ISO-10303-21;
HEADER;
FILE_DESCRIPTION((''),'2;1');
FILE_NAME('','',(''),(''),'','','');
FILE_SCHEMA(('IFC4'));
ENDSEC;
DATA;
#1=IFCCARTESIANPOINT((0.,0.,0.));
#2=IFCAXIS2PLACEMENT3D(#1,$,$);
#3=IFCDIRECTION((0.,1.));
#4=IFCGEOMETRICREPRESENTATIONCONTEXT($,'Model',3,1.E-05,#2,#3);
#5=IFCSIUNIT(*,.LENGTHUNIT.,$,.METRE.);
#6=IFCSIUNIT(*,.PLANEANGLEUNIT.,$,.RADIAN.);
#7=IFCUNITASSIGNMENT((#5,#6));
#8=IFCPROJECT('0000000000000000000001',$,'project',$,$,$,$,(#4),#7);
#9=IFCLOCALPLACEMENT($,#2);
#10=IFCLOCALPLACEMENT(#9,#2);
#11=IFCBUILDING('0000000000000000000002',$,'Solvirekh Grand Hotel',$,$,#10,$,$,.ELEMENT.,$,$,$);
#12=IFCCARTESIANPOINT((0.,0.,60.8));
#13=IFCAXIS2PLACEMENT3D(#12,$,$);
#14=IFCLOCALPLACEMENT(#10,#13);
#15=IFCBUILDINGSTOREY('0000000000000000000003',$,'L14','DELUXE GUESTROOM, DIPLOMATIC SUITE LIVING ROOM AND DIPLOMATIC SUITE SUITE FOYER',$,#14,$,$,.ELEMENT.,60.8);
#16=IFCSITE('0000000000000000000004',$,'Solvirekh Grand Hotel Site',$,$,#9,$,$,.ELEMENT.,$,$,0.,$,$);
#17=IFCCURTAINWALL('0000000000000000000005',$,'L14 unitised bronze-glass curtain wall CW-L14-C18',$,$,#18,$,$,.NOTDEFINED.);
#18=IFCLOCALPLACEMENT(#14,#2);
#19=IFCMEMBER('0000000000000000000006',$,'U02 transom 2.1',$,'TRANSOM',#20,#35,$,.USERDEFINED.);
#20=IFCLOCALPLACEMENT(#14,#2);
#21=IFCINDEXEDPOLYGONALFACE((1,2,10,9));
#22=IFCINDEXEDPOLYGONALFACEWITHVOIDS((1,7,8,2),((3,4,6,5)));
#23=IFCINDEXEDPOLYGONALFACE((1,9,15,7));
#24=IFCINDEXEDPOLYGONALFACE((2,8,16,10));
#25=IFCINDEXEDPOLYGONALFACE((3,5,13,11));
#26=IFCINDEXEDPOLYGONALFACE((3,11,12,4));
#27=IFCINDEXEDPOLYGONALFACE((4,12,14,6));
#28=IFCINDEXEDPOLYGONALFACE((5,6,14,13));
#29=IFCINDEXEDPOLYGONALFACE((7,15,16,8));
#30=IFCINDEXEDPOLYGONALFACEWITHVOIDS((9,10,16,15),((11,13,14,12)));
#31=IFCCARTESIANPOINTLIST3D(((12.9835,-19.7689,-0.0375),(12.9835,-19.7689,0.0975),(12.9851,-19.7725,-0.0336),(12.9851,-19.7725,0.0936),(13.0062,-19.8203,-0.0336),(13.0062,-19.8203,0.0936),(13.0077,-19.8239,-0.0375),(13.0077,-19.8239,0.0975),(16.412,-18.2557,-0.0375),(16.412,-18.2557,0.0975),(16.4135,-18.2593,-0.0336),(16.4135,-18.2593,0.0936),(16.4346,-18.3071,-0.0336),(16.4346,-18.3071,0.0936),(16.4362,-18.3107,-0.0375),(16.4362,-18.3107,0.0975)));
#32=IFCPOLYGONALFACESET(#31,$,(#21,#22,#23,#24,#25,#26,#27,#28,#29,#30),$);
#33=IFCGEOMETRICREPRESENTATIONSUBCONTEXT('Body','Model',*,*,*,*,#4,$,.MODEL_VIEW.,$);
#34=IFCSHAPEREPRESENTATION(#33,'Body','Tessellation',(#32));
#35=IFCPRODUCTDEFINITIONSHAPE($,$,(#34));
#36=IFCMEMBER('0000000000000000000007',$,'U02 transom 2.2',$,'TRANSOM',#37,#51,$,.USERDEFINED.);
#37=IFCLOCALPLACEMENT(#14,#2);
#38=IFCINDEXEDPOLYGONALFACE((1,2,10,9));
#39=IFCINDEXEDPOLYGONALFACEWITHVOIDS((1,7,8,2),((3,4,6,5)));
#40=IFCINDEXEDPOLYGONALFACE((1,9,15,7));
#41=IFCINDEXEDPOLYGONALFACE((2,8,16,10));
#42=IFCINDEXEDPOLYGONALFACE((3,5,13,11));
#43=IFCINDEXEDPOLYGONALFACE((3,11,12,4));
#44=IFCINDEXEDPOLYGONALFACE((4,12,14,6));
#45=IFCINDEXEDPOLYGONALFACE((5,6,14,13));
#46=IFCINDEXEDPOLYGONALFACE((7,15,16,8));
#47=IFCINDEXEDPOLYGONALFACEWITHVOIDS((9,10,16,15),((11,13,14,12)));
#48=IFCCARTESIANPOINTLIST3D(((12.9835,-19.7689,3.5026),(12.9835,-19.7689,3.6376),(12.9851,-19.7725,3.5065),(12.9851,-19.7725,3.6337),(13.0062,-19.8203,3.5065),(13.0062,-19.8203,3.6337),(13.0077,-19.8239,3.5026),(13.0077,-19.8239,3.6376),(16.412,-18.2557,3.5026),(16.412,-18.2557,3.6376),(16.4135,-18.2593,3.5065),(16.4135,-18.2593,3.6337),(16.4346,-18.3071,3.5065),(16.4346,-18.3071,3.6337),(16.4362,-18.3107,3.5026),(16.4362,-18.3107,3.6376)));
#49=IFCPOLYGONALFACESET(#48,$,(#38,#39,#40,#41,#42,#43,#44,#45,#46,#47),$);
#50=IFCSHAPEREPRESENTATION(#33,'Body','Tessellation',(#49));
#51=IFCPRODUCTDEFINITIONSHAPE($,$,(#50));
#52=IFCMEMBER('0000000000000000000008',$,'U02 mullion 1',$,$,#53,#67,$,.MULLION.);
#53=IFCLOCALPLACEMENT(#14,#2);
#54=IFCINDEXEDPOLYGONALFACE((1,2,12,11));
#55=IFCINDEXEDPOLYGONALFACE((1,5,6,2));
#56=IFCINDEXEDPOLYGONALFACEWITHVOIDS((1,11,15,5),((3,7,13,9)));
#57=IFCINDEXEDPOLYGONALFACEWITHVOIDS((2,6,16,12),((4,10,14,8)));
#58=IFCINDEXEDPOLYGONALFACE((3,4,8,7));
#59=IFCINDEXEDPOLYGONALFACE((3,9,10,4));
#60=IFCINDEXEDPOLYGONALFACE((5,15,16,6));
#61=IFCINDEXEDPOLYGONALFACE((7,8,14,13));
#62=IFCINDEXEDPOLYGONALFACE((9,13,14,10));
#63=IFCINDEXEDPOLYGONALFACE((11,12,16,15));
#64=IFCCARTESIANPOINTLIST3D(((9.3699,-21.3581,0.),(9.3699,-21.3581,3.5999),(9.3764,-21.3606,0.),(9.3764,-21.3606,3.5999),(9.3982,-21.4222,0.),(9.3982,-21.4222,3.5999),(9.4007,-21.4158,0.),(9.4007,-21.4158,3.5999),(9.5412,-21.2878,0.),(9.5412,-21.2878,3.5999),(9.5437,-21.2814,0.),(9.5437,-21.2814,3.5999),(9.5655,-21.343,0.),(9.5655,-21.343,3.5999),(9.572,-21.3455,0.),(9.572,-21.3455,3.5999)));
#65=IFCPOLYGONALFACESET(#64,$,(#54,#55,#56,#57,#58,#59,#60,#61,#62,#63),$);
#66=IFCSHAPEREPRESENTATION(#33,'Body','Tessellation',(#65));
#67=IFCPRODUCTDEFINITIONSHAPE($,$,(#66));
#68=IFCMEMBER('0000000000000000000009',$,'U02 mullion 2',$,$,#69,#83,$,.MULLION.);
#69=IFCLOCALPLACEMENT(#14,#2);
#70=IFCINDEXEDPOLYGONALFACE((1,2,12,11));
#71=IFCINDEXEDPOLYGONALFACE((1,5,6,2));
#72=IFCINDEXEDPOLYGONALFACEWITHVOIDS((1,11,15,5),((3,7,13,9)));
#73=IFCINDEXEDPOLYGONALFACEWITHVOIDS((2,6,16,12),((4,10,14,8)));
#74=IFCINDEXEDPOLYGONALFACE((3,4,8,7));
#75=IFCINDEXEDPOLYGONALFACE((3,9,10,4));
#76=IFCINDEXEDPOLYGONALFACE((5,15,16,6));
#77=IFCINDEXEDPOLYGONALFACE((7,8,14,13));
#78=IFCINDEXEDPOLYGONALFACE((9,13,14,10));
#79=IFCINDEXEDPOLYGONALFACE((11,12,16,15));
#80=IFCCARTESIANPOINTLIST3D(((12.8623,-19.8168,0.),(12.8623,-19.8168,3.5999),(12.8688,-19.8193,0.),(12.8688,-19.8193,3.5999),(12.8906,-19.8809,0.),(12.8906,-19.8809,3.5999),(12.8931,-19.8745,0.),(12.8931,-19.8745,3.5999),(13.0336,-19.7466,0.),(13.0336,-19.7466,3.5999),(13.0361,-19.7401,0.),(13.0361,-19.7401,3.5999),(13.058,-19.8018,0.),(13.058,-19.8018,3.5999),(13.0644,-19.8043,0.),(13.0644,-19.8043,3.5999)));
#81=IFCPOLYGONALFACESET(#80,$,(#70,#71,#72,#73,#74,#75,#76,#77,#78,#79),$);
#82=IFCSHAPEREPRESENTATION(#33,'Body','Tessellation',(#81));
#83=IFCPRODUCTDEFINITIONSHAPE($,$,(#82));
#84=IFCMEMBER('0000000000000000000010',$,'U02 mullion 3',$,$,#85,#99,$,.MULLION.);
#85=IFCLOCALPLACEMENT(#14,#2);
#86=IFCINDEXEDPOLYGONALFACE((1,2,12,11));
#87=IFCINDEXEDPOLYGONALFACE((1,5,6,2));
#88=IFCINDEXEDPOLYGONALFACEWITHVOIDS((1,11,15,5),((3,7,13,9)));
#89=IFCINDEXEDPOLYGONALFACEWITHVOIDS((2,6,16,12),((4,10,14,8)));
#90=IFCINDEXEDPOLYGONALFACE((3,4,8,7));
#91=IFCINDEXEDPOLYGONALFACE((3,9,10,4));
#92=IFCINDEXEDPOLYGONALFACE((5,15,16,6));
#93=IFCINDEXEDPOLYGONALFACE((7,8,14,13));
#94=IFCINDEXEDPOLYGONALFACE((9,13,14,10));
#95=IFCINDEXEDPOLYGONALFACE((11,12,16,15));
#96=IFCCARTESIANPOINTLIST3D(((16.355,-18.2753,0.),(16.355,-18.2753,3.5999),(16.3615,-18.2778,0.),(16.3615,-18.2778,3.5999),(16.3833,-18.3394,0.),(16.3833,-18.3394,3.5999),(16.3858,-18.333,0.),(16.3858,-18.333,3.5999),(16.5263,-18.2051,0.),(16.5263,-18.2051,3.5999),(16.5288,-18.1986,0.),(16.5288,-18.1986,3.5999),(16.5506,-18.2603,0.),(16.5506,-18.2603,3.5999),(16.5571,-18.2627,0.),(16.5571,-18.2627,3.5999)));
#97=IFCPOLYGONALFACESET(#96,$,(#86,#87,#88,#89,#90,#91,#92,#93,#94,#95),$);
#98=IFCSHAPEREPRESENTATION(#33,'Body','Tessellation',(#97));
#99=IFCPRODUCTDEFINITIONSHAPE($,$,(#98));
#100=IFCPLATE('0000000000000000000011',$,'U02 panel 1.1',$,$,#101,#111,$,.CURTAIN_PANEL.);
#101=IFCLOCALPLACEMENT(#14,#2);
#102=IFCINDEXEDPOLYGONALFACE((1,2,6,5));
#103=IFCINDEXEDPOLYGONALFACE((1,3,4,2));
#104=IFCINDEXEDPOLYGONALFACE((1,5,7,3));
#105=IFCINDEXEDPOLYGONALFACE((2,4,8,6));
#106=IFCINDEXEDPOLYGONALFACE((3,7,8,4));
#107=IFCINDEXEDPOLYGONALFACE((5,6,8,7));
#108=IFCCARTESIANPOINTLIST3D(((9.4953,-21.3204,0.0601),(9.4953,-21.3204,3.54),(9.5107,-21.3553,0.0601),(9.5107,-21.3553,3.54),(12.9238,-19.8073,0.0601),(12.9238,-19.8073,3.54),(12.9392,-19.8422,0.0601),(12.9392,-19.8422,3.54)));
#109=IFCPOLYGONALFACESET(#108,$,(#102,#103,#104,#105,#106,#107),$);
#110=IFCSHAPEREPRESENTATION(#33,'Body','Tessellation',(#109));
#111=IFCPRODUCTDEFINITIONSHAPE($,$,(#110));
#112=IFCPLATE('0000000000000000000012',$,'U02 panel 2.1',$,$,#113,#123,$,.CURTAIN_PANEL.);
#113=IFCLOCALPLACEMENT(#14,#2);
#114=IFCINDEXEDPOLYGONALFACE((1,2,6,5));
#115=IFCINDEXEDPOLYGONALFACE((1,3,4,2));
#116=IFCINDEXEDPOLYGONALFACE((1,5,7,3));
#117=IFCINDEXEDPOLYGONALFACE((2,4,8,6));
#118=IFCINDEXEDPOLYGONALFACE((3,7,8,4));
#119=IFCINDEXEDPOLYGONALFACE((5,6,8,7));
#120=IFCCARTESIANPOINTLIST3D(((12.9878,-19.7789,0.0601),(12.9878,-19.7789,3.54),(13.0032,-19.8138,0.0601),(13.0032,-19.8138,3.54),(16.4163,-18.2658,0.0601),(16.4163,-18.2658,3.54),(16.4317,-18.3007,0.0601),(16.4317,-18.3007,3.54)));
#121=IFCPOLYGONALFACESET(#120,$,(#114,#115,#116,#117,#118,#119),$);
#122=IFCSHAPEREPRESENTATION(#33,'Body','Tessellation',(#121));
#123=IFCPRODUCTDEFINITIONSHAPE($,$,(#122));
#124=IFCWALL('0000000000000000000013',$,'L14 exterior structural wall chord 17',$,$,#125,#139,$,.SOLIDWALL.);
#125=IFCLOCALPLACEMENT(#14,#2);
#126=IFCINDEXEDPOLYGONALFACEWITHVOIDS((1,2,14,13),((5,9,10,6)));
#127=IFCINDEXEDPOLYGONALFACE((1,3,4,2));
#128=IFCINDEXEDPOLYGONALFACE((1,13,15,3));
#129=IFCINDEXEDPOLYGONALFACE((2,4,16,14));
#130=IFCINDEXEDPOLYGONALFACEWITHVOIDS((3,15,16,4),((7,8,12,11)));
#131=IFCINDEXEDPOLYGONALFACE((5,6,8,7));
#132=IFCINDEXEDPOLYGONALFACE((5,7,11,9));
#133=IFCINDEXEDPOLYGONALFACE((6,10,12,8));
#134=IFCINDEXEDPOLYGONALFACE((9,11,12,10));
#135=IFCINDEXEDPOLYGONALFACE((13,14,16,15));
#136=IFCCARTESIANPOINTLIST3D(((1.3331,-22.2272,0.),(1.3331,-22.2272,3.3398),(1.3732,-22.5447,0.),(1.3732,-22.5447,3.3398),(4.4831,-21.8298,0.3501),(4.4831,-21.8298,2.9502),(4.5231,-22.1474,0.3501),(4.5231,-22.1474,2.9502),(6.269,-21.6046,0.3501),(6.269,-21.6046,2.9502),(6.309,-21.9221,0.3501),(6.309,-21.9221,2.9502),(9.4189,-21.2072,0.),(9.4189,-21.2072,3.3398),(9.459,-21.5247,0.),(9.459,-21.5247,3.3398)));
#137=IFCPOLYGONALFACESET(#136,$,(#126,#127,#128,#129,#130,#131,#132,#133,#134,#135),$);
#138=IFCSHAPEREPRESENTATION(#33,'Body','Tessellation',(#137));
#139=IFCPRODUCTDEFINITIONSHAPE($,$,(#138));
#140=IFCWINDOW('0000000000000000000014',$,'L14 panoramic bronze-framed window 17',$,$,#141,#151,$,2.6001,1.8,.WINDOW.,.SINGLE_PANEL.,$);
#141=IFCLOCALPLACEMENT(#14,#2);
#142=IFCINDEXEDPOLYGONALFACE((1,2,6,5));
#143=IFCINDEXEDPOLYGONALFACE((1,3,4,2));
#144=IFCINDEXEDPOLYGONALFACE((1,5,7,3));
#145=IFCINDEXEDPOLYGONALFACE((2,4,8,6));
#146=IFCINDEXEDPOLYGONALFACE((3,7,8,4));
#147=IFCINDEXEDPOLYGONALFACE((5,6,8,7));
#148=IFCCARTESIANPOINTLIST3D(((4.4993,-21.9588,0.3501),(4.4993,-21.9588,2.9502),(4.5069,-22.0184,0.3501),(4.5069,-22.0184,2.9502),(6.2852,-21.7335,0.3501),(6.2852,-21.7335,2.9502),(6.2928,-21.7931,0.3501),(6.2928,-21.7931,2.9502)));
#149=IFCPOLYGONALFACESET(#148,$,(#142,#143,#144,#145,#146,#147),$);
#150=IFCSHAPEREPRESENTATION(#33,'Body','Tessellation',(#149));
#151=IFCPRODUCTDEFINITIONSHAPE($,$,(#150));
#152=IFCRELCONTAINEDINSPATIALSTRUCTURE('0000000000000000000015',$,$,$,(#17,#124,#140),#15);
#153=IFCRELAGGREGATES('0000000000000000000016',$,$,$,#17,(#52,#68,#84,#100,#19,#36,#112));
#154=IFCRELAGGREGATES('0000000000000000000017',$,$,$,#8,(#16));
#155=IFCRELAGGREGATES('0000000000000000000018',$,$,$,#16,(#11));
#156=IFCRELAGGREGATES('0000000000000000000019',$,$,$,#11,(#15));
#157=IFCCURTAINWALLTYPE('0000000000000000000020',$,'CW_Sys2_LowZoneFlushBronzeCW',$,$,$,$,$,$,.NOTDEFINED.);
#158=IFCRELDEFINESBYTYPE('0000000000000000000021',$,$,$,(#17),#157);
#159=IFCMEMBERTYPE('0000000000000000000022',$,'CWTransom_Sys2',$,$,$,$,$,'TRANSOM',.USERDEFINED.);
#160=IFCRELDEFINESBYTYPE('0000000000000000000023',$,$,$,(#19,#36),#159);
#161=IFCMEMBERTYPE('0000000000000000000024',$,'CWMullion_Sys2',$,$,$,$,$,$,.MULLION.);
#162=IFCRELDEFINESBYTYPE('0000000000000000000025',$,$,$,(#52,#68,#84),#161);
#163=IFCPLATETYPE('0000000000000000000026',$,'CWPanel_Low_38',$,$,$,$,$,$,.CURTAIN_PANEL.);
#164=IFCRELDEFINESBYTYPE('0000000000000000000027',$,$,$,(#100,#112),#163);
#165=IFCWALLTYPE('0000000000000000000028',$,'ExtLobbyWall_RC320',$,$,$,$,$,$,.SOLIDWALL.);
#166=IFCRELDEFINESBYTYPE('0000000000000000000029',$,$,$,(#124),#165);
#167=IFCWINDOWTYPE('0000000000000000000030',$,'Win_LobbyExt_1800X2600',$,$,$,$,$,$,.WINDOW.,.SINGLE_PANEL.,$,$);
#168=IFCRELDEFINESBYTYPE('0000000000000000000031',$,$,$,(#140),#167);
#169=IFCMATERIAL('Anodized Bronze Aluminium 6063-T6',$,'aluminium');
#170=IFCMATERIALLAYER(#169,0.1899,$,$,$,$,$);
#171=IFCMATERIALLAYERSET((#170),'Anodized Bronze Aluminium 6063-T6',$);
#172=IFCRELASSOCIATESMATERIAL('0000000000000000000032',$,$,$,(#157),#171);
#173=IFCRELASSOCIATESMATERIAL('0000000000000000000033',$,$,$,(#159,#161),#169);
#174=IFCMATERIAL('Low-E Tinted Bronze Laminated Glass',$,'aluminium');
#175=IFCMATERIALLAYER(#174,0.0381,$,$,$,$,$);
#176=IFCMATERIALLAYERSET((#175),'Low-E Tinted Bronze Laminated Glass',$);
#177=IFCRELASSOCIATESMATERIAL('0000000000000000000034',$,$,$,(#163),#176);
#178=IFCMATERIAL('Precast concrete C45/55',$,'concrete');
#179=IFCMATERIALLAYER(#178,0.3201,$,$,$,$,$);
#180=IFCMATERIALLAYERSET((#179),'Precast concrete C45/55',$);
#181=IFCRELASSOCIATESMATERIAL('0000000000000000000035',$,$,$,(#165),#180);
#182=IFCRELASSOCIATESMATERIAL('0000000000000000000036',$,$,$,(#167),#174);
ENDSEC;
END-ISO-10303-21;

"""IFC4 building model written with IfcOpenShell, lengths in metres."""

from ifc_helpers import new_model, si_unit, direction, frame, frame_2d, origin, origin_2d, place, context, subcontext, project, spatial, rectangle, hollow_rectangle, extrude, source, transform, mapped, material, layer, layer_set, material_profile, profile_set, type_object, element, fill, aggregate, save


model = new_model("IFC4")

# Units and contexts
model_context = context("Model", 3, precision=1e-05, world=origin(), true_north=direction((0.0, 1.0)))
body_context = subcontext(model_context, "Body", "Model", "MODEL_VIEW")
ifc_project = project(units=[si_unit("LENGTHUNIT", "METRE"), si_unit("PLANEANGLEUNIT", "RADIAN")], contexts=[model_context])

# Site, building, storey
site_placement = place(None, origin())
site = spatial("IfcSite", under=ifc_project, at=site_placement, Name="Solvirekh Grand Hotel Site", CompositionType="ELEMENT", RefElevation=0.0)
building_placement = place(site_placement, origin())
building = spatial("IfcBuilding", under=site, at=building_placement, Name="Solvirekh Grand Hotel", CompositionType="ELEMENT")
storey_placement = place(building_placement, frame((0.0, 0.0, 60.8)))
storey = spatial("IfcBuildingStorey", under=building, at=storey_placement, Name="L14", Description="DELUXE GUESTROOM, DIPLOMATIC SUITE LIVING ROOM AND DIPLOMATIC SUITE SUITE FOYER", CompositionType="ELEMENT", Elevation=60.8)

# Curtain wall, members, plates
ifc_material_1 = material(Name="Anodized Bronze Aluminium 6063-T6", Category="aluminium")
ifc_layer_1 = layer(ifc_material_1, 0.1899)
ifc_layer_set_1 = layer_set([ifc_layer_1], Name="Anodized Bronze Aluminium 6063-T6")
curtain_wall_type = type_object("IfcCurtainWallType", Name="CW_Sys2_LowZoneFlushBronzeCW", PredefinedType="NOTDEFINED", material=ifc_layer_set_1)
curtain_wall_placement = place(storey_placement, origin())
curtain_wall = element("IfcCurtainWall", 1, at=curtain_wall_placement, inside=storey, type_object=curtain_wall_type, Name="L14 unitised bronze-glass curtain wall CW-L14-C18", PredefinedType="NOTDEFINED")
ifc_material_profile_1 = material_profile(ifc_material_1, hollow_rectangle(XDim=0.0601, YDim=0.135, WallThickness=0.0039, at=origin_2d()), Name="ALU RHS 135X60X4")
ifc_profile_set_1 = profile_set([ifc_material_profile_1], Name="Anodized Bronze Aluminium 6063-T6")
member_type_1 = type_object("IfcMemberType", Name="CWTransom_Sys2", ElementType="TRANSOM", PredefinedType="USERDEFINED", material=ifc_profile_set_1)
shared_shape_1 = source(origin(), body_context, "Body", "SweptSolid", [
    extrude(hollow_rectangle(XDim=0.0601, YDim=0.135, WallThickness=0.0039, at=origin_2d()), origin(), (0.0, 0.0, 1.0), 3.7476),
])
member_1_placement = place(storey_placement, frame((12.9956, -19.7964, 0.03), z_axis=(0.914856, 0.40378, 0.0), x_axis=(-0.40378, 0.914856, 0.0)))
member_1 = element("IfcMember", 2, at=member_1_placement, type_object=member_type_1, Name="U02 transom 2.1", ObjectType="TRANSOM", PredefinedType="USERDEFINED", context=body_context, shape_type="MappedRepresentation", body=[
    mapped(shared_shape_1, transform((0.0, 0.0, 0.0), x_axis=(1.0, 0.0, 0.0), y_axis=(0.0, 1.0, 0.0), z_axis=(0.0, 0.0, 1.0), scale=1.0)),
])
member_2_placement = place(storey_placement, frame((12.9956, -19.7964, 3.5701), z_axis=(0.914856, 0.40378, 0.0), x_axis=(-0.40378, 0.914856, 0.0)))
member_2 = element("IfcMember", 3, at=member_2_placement, type_object=member_type_1, Name="U02 transom 2.2", ObjectType="TRANSOM", PredefinedType="USERDEFINED", context=body_context, shape_type="MappedRepresentation", body=[
    mapped(shared_shape_1, transform((0.0, 0.0, 0.0), x_axis=(1.0, 0.0, 0.0), y_axis=(0.0, 1.0, 0.0), z_axis=(0.0, 0.0, 1.0), scale=1.0)),
])
ifc_material_profile_2 = material_profile(ifc_material_1, hollow_rectangle(XDim=0.0701, YDim=0.1899, WallThickness=0.0049, at=origin_2d()), Name="ALU RHS 190X70X5")
ifc_profile_set_2 = profile_set([ifc_material_profile_2], Name="Anodized Bronze Aluminium 6063-T6")
member_type_2 = type_object("IfcMemberType", Name="CWMullion_Sys2", PredefinedType="MULLION", material=ifc_profile_set_2)
shared_shape_2 = source(origin(), body_context, "Body", "SweptSolid", [
    extrude(hollow_rectangle(XDim=0.0701, YDim=0.1899, WallThickness=0.0049, at=origin_2d()), origin(), (0.0, 0.0, 1.0), 3.5999),
])
member_3_placement = place(storey_placement, frame((9.4709, -21.3518, 0.0), z_axis=(0.0, 0.0, 1.0), x_axis=(-0.403765, 0.914863, 0.0)))
member_3 = element("IfcMember", 4, at=member_3_placement, type_object=member_type_2, Name="U02 mullion 1", PredefinedType="MULLION", context=body_context, shape_type="MappedRepresentation", body=[
    mapped(shared_shape_2, transform((0.0, 0.0, 0.0), x_axis=(1.0, 0.0, 0.0), y_axis=(0.0, 1.0, 0.0), z_axis=(0.0, 0.0, 1.0), scale=1.0)),
])
member_4_placement = place(storey_placement, frame((12.9634, -19.8105, 0.0), z_axis=(0.0, 0.0, 1.0), x_axis=(-0.403765, 0.914863, 0.0)))
member_4 = element("IfcMember", 5, at=member_4_placement, type_object=member_type_2, Name="U02 mullion 2", PredefinedType="MULLION", context=body_context, shape_type="MappedRepresentation", body=[
    mapped(shared_shape_2, transform((0.0, 0.0, 0.0), x_axis=(1.0, 0.0, 0.0), y_axis=(0.0, 1.0, 0.0), z_axis=(0.0, 0.0, 1.0), scale=1.0)),
])
member_5_placement = place(storey_placement, frame((16.4561, -18.269, 0.0), z_axis=(0.0, 0.0, 1.0), x_axis=(-0.403765, 0.914863, 0.0)))
member_5 = element("IfcMember", 6, at=member_5_placement, type_object=member_type_2, Name="U02 mullion 3", PredefinedType="MULLION", context=body_context, shape_type="MappedRepresentation", body=[
    mapped(shared_shape_2, transform((0.0, 0.0, 0.0), x_axis=(1.0, 0.0, 0.0), y_axis=(0.0, 1.0, 0.0), z_axis=(0.0, 0.0, 1.0), scale=1.0)),
])
ifc_material_2 = material(Name="Low-E Tinted Bronze Laminated Glass", Category="aluminium")
ifc_layer_2 = layer(ifc_material_2, 0.0381)
ifc_layer_set_2 = layer_set([ifc_layer_2], Name="Low-E Tinted Bronze Laminated Glass")
plate_type = type_object("IfcPlateType", Name="CWPanel_Low_38", PredefinedType="CURTAIN_PANEL", material=ifc_layer_set_2)
shared_shape_3 = source(origin(), body_context, "Body", "SweptSolid", [
    extrude(rectangle(XDim=3.7476, YDim=0.0381, at=origin_2d()), origin(), (0.0, 0.0, 1.0), 3.48),
])
plate_1_placement = place(storey_placement, frame((11.2173, -20.5813, 0.0601), z_axis=(0.0, 0.0, 1.0), x_axis=(0.914863, 0.403765, 0.0)))
plate_1 = element("IfcPlate", 7, at=plate_1_placement, type_object=plate_type, Name="U02 panel 1.1", PredefinedType="CURTAIN_PANEL", context=body_context, shape_type="MappedRepresentation", body=[
    mapped(shared_shape_3, transform((0.0, 0.0, 0.0), x_axis=(1.0, 0.0, 0.0), y_axis=(0.0, 1.0, 0.0), z_axis=(0.0, 0.0, 1.0), scale=1.0)),
])
plate_2_placement = place(storey_placement, frame((14.7097, -19.0398, 0.0601), z_axis=(0.0, 0.0, 1.0), x_axis=(0.914863, 0.403765, 0.0)))
plate_2 = element("IfcPlate", 8, at=plate_2_placement, type_object=plate_type, Name="U02 panel 2.1", PredefinedType="CURTAIN_PANEL", context=body_context, shape_type="MappedRepresentation", body=[
    mapped(shared_shape_3, transform((0.0, 0.0, 0.0), x_axis=(1.0, 0.0, 0.0), y_axis=(0.0, 1.0, 0.0), z_axis=(0.0, 0.0, 1.0), scale=1.0)),
])
aggregate(curtain_wall, [member_3, member_4, member_5, plate_1, member_1, member_2, plate_2])

# Wall, opening, window
ifc_material_3 = material(Name="Precast concrete C45/55", Category="concrete")
ifc_layer_3 = layer(ifc_material_3, 0.3201)
ifc_layer_set_3 = layer_set([ifc_layer_3], Name="Precast concrete C45/55")
wall_type_1 = type_object("IfcWallType", Name="ExtLobbyWall_RC320", PredefinedType="SOLIDWALL", material=ifc_layer_set_3)
wall_1_placement = place(storey_placement, frame((9.439, -21.366, 0.0), z_axis=(0.0, 0.0, 1.0), x_axis=(-0.992137, -0.125155, 0.0)))
wall_1 = element("IfcWall", 9, at=wall_1_placement, inside=storey, type_object=wall_type_1, Name="L14 exterior structural wall chord 17", PredefinedType="SOLIDWALL", context=body_context, shape_type="SweptSolid", body=[
    extrude(rectangle(XDim=8.1499, YDim=0.3201, at=frame_2d((4.075, 0.0))), origin(), (0.0, 0.0, 1.0), 3.3398),
])
opening_1_placement = place(wall_1_placement, frame((3.175, 0.0, 0.3501)))
opening_1 = element("IfcOpeningElement", 10, at=opening_1_placement, cuts=wall_1, PredefinedType="OPENING", context=body_context, shape_type="SweptSolid", body=[
    extrude(rectangle(XDim=1.8, YDim=2.6001, at=frame_2d((0.8999, 1.3))), frame((0.0, 0.1699, 0.0), z_axis=(0.0, -1.0, 0.0), x_axis=(1.0, 0.0, 0.0)), (0.0, 0.0, 1.0), 0.3401),
])
window_type = type_object("IfcWindowType", Name="Win_LobbyExt_1800X2600", PartitioningType="SINGLE_PANEL", PredefinedType="WINDOW", material=ifc_material_2)
window_1_placement = place(opening_1_placement, origin())
window_1 = element("IfcWindow", 11, at=window_1_placement, inside=storey, type_object=window_type, Name="L14 panoramic bronze-framed window 17", OverallHeight=2.6001, OverallWidth=1.8, PartitioningType="SINGLE_PANEL", PredefinedType="WINDOW", context=body_context, shape_type="SweptSolid", body=[
    extrude(rectangle(XDim=1.8, YDim=2.6001, at=frame_2d((0.8999, 1.3))), frame((0.0, 0.03, 0.0), z_axis=(0.0, -1.0, 0.0), x_axis=(1.0, 0.0, 0.0)), (0.0, 0.0, 1.0), 0.0601),
])
fill(opening_1, window_1)

save(model, "model.ifc")
